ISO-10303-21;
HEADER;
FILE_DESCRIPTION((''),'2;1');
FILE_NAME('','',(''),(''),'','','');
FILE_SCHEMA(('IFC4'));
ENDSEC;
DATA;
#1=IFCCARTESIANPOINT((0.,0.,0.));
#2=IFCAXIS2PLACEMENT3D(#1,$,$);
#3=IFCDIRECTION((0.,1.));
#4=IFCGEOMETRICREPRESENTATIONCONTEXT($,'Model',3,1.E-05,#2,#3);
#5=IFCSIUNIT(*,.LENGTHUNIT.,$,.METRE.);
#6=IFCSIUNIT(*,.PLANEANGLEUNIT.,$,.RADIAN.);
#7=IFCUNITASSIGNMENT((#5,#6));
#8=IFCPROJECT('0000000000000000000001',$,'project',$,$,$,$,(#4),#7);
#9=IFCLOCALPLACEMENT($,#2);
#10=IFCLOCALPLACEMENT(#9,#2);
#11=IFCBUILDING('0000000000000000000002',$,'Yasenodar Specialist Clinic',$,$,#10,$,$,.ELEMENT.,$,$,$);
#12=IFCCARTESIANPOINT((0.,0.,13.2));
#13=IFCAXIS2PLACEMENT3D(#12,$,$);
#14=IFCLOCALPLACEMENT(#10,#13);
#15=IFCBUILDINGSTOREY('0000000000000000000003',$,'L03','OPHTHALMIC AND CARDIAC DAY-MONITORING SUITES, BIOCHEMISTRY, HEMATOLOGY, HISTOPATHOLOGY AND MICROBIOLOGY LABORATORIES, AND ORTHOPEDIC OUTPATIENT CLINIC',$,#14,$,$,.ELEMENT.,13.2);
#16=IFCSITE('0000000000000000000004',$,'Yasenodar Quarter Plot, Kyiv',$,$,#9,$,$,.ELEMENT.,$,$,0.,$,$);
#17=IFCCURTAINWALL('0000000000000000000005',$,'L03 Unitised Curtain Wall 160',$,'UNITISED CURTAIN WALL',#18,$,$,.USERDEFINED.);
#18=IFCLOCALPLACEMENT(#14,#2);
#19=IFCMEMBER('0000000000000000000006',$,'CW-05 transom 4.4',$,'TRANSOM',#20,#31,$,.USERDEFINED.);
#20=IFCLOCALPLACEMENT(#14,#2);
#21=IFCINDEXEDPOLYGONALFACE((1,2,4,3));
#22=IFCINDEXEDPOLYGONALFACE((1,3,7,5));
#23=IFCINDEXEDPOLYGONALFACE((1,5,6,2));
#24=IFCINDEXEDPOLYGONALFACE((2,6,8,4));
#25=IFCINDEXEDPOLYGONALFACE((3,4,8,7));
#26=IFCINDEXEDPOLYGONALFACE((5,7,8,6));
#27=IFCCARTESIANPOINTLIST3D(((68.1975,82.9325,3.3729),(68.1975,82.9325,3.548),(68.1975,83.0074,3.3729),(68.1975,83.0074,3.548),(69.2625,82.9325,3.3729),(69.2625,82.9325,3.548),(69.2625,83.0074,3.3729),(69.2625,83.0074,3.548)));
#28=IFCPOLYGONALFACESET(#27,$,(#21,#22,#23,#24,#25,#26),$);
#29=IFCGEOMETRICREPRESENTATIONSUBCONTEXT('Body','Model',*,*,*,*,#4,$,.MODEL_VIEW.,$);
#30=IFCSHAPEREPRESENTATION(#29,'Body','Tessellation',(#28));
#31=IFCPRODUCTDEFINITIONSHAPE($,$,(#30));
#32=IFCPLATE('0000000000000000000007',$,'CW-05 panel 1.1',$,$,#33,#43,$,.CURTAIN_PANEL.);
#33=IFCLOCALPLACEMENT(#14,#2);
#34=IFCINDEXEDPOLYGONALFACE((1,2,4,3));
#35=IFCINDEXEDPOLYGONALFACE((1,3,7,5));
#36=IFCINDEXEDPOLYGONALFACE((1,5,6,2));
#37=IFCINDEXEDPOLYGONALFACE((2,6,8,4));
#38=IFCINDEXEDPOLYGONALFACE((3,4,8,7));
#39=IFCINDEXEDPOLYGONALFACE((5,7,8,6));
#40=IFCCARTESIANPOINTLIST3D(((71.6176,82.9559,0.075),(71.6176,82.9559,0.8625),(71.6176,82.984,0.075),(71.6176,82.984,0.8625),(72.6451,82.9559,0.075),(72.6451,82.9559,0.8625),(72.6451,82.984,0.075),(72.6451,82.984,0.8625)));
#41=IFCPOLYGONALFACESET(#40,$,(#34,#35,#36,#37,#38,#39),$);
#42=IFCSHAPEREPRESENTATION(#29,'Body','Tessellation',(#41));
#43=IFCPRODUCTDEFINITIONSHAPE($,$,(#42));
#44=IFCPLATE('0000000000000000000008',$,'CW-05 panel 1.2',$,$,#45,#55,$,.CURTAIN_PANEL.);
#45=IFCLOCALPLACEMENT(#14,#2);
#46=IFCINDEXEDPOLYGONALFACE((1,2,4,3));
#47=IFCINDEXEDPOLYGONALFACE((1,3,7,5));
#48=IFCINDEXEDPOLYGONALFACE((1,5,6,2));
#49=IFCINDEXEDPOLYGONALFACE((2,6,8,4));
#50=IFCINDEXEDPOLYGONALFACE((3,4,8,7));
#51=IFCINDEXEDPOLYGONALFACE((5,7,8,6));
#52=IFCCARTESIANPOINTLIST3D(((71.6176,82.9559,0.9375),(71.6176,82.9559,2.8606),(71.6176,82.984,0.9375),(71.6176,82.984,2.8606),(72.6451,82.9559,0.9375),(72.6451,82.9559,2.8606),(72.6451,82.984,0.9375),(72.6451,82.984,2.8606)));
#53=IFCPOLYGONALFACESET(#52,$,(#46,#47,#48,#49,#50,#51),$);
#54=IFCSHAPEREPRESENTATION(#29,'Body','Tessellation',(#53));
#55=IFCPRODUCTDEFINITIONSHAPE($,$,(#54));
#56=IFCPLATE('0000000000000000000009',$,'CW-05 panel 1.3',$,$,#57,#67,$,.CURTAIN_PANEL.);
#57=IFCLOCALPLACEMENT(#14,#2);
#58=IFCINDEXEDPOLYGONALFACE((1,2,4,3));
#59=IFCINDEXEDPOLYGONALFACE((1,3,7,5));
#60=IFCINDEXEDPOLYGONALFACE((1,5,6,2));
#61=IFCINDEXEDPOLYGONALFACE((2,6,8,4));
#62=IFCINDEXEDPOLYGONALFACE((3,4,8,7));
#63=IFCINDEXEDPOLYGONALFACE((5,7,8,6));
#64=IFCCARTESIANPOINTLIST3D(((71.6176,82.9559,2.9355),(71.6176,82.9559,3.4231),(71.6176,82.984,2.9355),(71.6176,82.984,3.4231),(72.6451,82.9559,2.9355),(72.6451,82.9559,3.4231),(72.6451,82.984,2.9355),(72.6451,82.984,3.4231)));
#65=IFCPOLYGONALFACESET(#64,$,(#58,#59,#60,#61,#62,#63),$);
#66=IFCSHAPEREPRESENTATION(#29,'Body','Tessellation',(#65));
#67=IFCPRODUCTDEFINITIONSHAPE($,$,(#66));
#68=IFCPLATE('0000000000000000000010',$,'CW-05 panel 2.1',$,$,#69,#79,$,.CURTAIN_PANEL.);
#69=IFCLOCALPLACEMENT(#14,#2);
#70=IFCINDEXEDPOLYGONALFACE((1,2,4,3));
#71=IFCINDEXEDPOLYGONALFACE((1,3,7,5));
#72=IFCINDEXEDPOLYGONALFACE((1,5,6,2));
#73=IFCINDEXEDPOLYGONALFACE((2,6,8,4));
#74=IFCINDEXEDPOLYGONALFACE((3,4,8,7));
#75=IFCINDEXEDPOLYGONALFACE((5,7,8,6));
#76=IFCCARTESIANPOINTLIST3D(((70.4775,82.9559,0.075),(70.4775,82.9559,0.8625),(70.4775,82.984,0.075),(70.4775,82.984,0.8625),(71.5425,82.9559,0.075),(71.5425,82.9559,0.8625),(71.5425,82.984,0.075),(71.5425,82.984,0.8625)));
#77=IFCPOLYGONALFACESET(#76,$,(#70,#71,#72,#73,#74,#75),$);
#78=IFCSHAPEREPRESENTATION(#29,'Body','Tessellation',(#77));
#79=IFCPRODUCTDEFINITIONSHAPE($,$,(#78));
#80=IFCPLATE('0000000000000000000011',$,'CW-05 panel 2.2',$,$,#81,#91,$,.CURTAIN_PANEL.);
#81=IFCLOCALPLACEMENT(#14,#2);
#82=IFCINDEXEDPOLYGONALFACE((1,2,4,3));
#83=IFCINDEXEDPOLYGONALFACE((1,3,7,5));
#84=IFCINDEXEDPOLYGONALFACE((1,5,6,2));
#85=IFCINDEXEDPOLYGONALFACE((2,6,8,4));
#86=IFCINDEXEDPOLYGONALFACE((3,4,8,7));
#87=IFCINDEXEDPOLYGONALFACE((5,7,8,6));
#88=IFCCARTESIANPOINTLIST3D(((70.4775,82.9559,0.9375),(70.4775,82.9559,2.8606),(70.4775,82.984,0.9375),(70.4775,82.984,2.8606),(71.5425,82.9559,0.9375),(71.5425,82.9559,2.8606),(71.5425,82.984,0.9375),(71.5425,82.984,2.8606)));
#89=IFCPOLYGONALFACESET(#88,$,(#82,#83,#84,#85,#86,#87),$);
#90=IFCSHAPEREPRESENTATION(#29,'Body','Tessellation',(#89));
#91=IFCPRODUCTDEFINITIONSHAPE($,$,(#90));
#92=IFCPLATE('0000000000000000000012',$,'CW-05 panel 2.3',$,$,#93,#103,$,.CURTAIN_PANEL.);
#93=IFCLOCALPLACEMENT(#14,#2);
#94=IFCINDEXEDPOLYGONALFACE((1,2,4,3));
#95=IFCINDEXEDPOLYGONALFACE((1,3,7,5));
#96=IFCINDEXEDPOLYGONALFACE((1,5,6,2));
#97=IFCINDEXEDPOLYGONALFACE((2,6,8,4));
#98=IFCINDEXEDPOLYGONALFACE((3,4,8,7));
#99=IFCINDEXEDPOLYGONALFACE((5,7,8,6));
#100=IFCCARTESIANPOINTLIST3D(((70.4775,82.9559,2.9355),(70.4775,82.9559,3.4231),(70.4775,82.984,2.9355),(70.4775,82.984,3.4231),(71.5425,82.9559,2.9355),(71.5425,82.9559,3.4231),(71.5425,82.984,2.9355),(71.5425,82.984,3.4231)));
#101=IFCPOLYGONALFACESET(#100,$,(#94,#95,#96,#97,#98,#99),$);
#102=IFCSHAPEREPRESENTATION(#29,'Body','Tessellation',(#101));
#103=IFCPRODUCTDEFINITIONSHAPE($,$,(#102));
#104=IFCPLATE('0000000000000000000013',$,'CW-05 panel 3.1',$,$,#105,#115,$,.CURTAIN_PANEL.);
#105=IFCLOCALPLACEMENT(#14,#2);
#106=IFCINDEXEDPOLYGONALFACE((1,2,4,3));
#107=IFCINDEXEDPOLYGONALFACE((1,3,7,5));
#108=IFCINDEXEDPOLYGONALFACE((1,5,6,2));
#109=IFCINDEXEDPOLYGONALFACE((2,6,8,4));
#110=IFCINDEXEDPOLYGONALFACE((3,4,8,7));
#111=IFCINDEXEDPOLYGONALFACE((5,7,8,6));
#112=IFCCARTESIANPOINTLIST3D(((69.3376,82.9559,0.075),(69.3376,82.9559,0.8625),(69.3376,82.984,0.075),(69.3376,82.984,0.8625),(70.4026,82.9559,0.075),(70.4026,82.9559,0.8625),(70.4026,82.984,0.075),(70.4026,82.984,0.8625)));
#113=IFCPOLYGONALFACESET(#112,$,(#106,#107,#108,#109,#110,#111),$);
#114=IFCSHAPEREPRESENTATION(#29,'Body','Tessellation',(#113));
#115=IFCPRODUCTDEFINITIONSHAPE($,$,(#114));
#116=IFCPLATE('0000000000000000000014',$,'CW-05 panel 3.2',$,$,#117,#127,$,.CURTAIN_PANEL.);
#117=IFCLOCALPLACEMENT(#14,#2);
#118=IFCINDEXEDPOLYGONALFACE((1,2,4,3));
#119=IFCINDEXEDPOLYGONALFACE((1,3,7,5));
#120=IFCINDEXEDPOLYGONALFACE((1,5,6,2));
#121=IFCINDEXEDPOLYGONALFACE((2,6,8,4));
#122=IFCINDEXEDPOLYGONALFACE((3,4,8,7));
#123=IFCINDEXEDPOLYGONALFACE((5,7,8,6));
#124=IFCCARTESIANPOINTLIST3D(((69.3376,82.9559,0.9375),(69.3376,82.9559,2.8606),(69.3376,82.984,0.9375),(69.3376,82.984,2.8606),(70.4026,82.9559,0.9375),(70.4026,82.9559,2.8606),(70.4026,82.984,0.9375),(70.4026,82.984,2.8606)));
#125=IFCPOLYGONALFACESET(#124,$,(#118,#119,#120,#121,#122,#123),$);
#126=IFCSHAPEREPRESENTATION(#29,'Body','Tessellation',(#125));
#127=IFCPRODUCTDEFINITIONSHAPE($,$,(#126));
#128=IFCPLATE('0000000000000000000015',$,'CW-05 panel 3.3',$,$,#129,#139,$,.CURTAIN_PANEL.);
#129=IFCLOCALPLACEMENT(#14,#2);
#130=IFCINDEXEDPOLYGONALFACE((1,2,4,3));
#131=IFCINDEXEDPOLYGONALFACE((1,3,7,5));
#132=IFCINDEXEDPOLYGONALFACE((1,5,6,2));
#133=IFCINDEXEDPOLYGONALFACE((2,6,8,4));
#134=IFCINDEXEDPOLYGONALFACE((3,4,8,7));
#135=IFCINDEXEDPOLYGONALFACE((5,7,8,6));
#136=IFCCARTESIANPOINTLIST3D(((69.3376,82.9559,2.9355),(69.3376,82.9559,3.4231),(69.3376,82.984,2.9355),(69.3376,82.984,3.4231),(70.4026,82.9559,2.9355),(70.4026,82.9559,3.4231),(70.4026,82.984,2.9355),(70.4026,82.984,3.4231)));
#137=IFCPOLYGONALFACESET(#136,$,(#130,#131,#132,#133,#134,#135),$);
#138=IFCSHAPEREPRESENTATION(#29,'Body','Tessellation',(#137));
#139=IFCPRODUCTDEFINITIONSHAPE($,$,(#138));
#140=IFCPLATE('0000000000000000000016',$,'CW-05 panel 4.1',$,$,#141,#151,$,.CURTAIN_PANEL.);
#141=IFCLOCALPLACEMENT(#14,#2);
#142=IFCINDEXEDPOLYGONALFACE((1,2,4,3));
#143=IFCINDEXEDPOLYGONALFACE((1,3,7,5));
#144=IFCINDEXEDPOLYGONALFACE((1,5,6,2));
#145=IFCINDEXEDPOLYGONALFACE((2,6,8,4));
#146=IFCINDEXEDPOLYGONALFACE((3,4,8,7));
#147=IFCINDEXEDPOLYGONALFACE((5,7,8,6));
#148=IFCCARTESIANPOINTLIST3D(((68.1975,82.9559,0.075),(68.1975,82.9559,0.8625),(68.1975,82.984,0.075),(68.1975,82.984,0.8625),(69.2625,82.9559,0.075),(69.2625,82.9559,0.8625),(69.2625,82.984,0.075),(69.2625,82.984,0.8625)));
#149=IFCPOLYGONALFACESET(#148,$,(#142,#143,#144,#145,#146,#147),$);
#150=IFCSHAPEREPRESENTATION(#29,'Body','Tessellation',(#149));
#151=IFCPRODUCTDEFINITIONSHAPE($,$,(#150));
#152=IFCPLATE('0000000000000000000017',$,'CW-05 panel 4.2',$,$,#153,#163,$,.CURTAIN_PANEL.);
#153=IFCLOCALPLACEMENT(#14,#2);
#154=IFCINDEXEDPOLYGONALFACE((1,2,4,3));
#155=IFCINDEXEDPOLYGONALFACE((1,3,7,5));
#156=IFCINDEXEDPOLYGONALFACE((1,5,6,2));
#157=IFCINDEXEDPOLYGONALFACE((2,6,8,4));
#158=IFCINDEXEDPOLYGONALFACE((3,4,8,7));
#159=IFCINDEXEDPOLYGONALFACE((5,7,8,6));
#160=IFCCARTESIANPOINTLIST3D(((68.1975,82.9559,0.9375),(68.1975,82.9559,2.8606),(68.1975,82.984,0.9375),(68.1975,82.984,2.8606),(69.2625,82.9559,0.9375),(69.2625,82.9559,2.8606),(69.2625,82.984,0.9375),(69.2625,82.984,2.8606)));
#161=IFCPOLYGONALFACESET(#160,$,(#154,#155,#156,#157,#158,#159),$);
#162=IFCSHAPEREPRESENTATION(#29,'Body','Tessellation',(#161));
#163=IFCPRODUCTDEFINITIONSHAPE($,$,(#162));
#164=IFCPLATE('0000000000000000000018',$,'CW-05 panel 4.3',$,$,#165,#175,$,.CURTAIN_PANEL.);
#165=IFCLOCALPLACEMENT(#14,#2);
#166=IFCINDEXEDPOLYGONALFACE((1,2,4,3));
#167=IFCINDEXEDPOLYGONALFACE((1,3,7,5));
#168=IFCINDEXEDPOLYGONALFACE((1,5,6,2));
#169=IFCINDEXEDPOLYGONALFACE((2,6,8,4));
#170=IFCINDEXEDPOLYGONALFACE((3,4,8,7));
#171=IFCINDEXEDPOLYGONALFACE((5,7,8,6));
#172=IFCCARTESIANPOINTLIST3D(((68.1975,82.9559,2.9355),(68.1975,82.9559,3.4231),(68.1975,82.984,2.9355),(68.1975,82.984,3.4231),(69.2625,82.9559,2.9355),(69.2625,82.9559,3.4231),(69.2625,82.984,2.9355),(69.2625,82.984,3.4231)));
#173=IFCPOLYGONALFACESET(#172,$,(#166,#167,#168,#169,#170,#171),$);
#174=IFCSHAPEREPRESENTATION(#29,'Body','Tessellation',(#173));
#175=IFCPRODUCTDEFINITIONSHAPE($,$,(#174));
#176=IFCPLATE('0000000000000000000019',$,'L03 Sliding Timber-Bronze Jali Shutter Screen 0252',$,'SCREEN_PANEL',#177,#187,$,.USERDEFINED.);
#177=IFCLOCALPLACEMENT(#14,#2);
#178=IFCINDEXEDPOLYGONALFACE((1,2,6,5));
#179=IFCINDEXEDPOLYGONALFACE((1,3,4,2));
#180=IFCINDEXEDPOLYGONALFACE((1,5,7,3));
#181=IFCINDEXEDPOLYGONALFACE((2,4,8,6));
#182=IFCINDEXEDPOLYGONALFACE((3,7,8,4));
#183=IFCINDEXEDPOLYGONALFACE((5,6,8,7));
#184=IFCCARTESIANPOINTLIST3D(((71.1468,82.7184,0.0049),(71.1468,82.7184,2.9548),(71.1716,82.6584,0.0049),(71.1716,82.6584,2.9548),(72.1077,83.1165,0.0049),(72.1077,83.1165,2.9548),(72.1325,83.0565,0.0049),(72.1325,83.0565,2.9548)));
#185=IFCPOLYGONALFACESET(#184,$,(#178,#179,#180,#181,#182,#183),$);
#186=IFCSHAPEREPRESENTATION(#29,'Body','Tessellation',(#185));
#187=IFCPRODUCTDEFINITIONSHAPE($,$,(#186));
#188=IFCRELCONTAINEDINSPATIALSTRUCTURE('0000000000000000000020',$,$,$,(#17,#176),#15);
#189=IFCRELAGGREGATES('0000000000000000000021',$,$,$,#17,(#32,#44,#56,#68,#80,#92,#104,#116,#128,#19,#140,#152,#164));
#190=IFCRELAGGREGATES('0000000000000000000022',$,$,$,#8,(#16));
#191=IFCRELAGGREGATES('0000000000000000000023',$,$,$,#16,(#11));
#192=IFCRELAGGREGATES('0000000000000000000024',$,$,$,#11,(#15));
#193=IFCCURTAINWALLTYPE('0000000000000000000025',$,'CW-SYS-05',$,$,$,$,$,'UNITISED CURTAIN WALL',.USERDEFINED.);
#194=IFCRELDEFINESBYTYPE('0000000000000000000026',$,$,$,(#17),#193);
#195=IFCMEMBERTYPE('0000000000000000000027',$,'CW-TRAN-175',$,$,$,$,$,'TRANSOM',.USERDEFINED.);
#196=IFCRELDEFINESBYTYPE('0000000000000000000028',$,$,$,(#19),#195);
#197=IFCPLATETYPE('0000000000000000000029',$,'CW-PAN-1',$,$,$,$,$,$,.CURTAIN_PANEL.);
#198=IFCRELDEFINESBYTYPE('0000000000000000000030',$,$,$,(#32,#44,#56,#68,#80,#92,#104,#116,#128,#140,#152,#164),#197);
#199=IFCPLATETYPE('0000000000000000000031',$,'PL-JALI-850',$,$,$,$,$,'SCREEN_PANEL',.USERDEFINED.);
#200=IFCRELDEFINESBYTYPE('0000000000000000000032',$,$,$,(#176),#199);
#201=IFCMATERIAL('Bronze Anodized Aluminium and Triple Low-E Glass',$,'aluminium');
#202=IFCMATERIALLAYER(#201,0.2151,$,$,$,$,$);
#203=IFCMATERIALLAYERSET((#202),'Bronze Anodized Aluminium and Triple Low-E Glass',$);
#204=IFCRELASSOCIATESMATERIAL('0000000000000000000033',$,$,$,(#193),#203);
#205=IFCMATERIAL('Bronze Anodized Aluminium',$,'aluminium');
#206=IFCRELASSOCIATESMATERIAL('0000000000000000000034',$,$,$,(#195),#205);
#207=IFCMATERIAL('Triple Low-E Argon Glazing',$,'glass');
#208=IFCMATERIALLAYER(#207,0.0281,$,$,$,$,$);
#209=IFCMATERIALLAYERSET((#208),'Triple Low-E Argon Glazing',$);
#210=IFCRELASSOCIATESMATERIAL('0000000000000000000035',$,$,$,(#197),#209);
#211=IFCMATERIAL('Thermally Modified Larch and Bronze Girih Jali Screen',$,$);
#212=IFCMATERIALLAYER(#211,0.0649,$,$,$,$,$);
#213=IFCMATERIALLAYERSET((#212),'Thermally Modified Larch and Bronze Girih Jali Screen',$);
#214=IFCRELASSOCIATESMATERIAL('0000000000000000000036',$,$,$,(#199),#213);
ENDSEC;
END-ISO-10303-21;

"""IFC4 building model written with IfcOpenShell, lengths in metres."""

from ifc_helpers import new_model, si_unit, direction, frame, origin, origin_2d, place, context, subcontext, project, spatial, rectangle, extrude, material, layer, layer_set, material_profile, profile_set, type_object, element, aggregate, save


model = new_model("IFC4")

# Units and contexts
model_context = context("Model", 3, precision=1e-05, world=origin(), true_north=direction((0.0, 1.0)))
body_context = subcontext(model_context, "Body", "Model", "MODEL_VIEW")
ifc_project = project(units=[si_unit("LENGTHUNIT", "METRE"), si_unit("PLANEANGLEUNIT", "RADIAN")], contexts=[model_context])

# Site, building, storey
site_placement = place(None, origin())
site = spatial("IfcSite", under=ifc_project, at=site_placement, Name="Yasenodar Quarter Plot, Kyiv", CompositionType="ELEMENT", RefElevation=0.0)
building_placement = place(site_placement, origin())
building = spatial("IfcBuilding", under=site, at=building_placement, Name="Yasenodar Specialist Clinic", CompositionType="ELEMENT")
storey_placement = place(building_placement, frame((0.0, 0.0, 13.2)))
storey = spatial("IfcBuildingStorey", under=building, at=storey_placement, Name="L03", Description="OPHTHALMIC AND CARDIAC DAY-MONITORING SUITES, BIOCHEMISTRY, HEMATOLOGY, HISTOPATHOLOGY AND MICROBIOLOGY LABORATORIES, AND ORTHOPEDIC OUTPATIENT CLINIC", CompositionType="ELEMENT", Elevation=13.2)

# Curtain wall, member, plates
ifc_material_1 = material(Name="Bronze Anodized Aluminium and Triple Low-E Glass", Category="aluminium")
ifc_layer_1 = layer(ifc_material_1, 0.2151)
ifc_layer_set_1 = layer_set([ifc_layer_1], Name="Bronze Anodized Aluminium and Triple Low-E Glass")
curtain_wall_type = type_object("IfcCurtainWallType", Name="CW-SYS-05", ElementType="UNITISED CURTAIN WALL", PredefinedType="USERDEFINED", material=ifc_layer_set_1)
curtain_wall_placement = place(storey_placement, origin())
curtain_wall = element("IfcCurtainWall", 1, at=curtain_wall_placement, inside=storey, type_object=curtain_wall_type, Name="L03 Unitised Curtain Wall 160", ObjectType="UNITISED CURTAIN WALL", PredefinedType="USERDEFINED")
ifc_material_2 = material(Name="Bronze Anodized Aluminium", Category="aluminium")
ifc_material_profile_1 = material_profile(ifc_material_2, rectangle(XDim=0.075, YDim=0.175, at=origin_2d()), Name="CW-TRAN 75x175")
ifc_profile_set_1 = profile_set([ifc_material_profile_1], Name="Bronze Anodized Aluminium")
member_type_1 = type_object("IfcMemberType", Name="CW-TRAN-175", ElementType="TRANSOM", PredefinedType="USERDEFINED", material=ifc_profile_set_1)
member_1_placement = place(storey_placement, frame((69.2625, 82.97, 3.4604), z_axis=(-1.0, 0.0, 0.0), x_axis=(0.0, -1.0, 0.0)))
member_1 = element("IfcMember", 2, at=member_1_placement, type_object=member_type_1, Name="CW-05 transom 4.4", ObjectType="TRANSOM", PredefinedType="USERDEFINED", context=body_context, shape_type="SweptSolid", body=[
    extrude(rectangle(XDim=0.075, YDim=0.175, at=origin_2d()), origin(), (0.0, 0.0, 1.0), 1.0649),
])
ifc_material_3 = material(Name="Triple Low-E Argon Glazing", Category="glass")
ifc_layer_2 = layer(ifc_material_3, 0.0281)
ifc_layer_set_2 = layer_set([ifc_layer_2], Name="Triple Low-E Argon Glazing")
plate_type_1 = type_object("IfcPlateType", Name="CW-PAN-1", PredefinedType="CURTAIN_PANEL", material=ifc_layer_set_2)
plate_1_placement = place(storey_placement, frame((72.1313, 82.97, 0.075), z_axis=(0.0, 0.0, 1.0), x_axis=(-1.0, 0.0, 0.0)))
plate_1 = element("IfcPlate", 3, at=plate_1_placement, type_object=plate_type_1, Name="CW-05 panel 1.1", PredefinedType="CURTAIN_PANEL", context=body_context, shape_type="SweptSolid", body=[
    extrude(rectangle(XDim=1.0276, YDim=0.0281, at=origin_2d()), origin(), (0.0, 0.0, 1.0), 0.7876),
])
plate_2_placement = place(storey_placement, frame((72.1313, 82.97, 0.9375), z_axis=(0.0, 0.0, 1.0), x_axis=(-1.0, 0.0, 0.0)))
plate_2 = element("IfcPlate", 4, at=plate_2_placement, type_object=plate_type_1, Name="CW-05 panel 1.2", PredefinedType="CURTAIN_PANEL", context=body_context, shape_type="SweptSolid", body=[
    extrude(rectangle(XDim=1.0276, YDim=0.0281, at=origin_2d()), origin(), (0.0, 0.0, 1.0), 1.9231),
])
plate_3_placement = place(storey_placement, frame((72.1313, 82.97, 2.9355), z_axis=(0.0, 0.0, 1.0), x_axis=(-1.0, 0.0, 0.0)))
plate_3 = element("IfcPlate", 5, at=plate_3_placement, type_object=plate_type_1, Name="CW-05 panel 1.3", PredefinedType="CURTAIN_PANEL", context=body_context, shape_type="SweptSolid", body=[
    extrude(rectangle(XDim=1.0276, YDim=0.0281, at=origin_2d()), origin(), (0.0, 0.0, 1.0), 0.4875),
])
plate_4_placement = place(storey_placement, frame((71.01, 82.97, 0.075), z_axis=(0.0, 0.0, 1.0), x_axis=(-1.0, 0.0, 0.0)))
plate_4 = element("IfcPlate", 6, at=plate_4_placement, type_object=plate_type_1, Name="CW-05 panel 2.1", PredefinedType="CURTAIN_PANEL", context=body_context, shape_type="SweptSolid", body=[
    extrude(rectangle(XDim=1.0649, YDim=0.0281, at=origin_2d()), origin(), (0.0, 0.0, 1.0), 0.7876),
])
plate_5_placement = place(storey_placement, frame((71.01, 82.97, 0.9375), z_axis=(0.0, 0.0, 1.0), x_axis=(-1.0, 0.0, 0.0)))
plate_5 = element("IfcPlate", 7, at=plate_5_placement, type_object=plate_type_1, Name="CW-05 panel 2.2", PredefinedType="CURTAIN_PANEL", context=body_context, shape_type="SweptSolid", body=[
    extrude(rectangle(XDim=1.0649, YDim=0.0281, at=origin_2d()), origin(), (0.0, 0.0, 1.0), 1.9231),
])
plate_6_placement = place(storey_placement, frame((71.01, 82.97, 2.9355), z_axis=(0.0, 0.0, 1.0), x_axis=(-1.0, 0.0, 0.0)))
plate_6 = element("IfcPlate", 8, at=plate_6_placement, type_object=plate_type_1, Name="CW-05 panel 2.3", PredefinedType="CURTAIN_PANEL", context=body_context, shape_type="SweptSolid", body=[
    extrude(rectangle(XDim=1.0649, YDim=0.0281, at=origin_2d()), origin(), (0.0, 0.0, 1.0), 0.4875),
])
plate_7_placement = place(storey_placement, frame((69.8701, 82.97, 0.075), z_axis=(0.0, 0.0, 1.0), x_axis=(-1.0, 0.0, 0.0)))
plate_7 = element("IfcPlate", 9, at=plate_7_placement, type_object=plate_type_1, Name="CW-05 panel 3.1", PredefinedType="CURTAIN_PANEL", context=body_context, shape_type="SweptSolid", body=[
    extrude(rectangle(XDim=1.0649, YDim=0.0281, at=origin_2d()), origin(), (0.0, 0.0, 1.0), 0.7876),
])
plate_8_placement = place(storey_placement, frame((69.8701, 82.97, 0.9375), z_axis=(0.0, 0.0, 1.0), x_axis=(-1.0, 0.0, 0.0)))
plate_8 = element("IfcPlate", 10, at=plate_8_placement, type_object=plate_type_1, Name="CW-05 panel 3.2", PredefinedType="CURTAIN_PANEL", context=body_context, shape_type="SweptSolid", body=[
    extrude(rectangle(XDim=1.0649, YDim=0.0281, at=origin_2d()), origin(), (0.0, 0.0, 1.0), 1.9231),
])
plate_9_placement = place(storey_placement, frame((69.8701, 82.97, 2.9355), z_axis=(0.0, 0.0, 1.0), x_axis=(-1.0, 0.0, 0.0)))
plate_9 = element("IfcPlate", 11, at=plate_9_placement, type_object=plate_type_1, Name="CW-05 panel 3.3", PredefinedType="CURTAIN_PANEL", context=body_context, shape_type="SweptSolid", body=[
    extrude(rectangle(XDim=1.0649, YDim=0.0281, at=origin_2d()), origin(), (0.0, 0.0, 1.0), 0.4875),
])
plate_10_placement = place(storey_placement, frame((68.73, 82.97, 0.075), z_axis=(0.0, 0.0, 1.0), x_axis=(-1.0, 0.0, 0.0)))
plate_10 = element("IfcPlate", 12, at=plate_10_placement, type_object=plate_type_1, Name="CW-05 panel 4.1", PredefinedType="CURTAIN_PANEL", context=body_context, shape_type="SweptSolid", body=[
    extrude(rectangle(XDim=1.0649, YDim=0.0281, at=origin_2d()), origin(), (0.0, 0.0, 1.0), 0.7876),
])
plate_11_placement = place(storey_placement, frame((68.73, 82.97, 0.9375), z_axis=(0.0, 0.0, 1.0), x_axis=(-1.0, 0.0, 0.0)))
plate_11 = element("IfcPlate", 13, at=plate_11_placement, type_object=plate_type_1, Name="CW-05 panel 4.2", PredefinedType="CURTAIN_PANEL", context=body_context, shape_type="SweptSolid", body=[
    extrude(rectangle(XDim=1.0649, YDim=0.0281, at=origin_2d()), origin(), (0.0, 0.0, 1.0), 1.9231),
])
plate_12_placement = place(storey_placement, frame((68.73, 82.97, 2.9355), z_axis=(0.0, 0.0, 1.0), x_axis=(-1.0, 0.0, 0.0)))
plate_12 = element("IfcPlate", 14, at=plate_12_placement, type_object=plate_type_1, Name="CW-05 panel 4.3", PredefinedType="CURTAIN_PANEL", context=body_context, shape_type="SweptSolid", body=[
    extrude(rectangle(XDim=1.0649, YDim=0.0281, at=origin_2d()), origin(), (0.0, 0.0, 1.0), 0.4875),
])
aggregate(curtain_wall, [plate_1, plate_2, plate_3, plate_4, plate_5, plate_6, plate_7, plate_8, plate_9, member_1, plate_10, plate_11, plate_12])

# Plate
ifc_material_4 = material(Name="Thermally Modified Larch and Bronze Girih Jali Screen")
ifc_layer_3 = layer(ifc_material_4, 0.0649)
ifc_layer_set_3 = layer_set([ifc_layer_3], Name="Thermally Modified Larch and Bronze Girih Jali Screen")
plate_type_2 = type_object("IfcPlateType", Name="PL-JALI-850", ElementType="SCREEN_PANEL", PredefinedType="USERDEFINED", material=ifc_layer_set_3)
plate_13_placement = place(storey_placement, frame((71.6396, 82.8875, 0.0049), z_axis=(0.0, 0.0, 1.0), x_axis=(-0.923878, -0.382687, 0.0)))
element("IfcPlate", 15, at=plate_13_placement, inside=storey, type_object=plate_type_2, Name="L03 Sliding Timber-Bronze Jali Shutter Screen 0252", ObjectType="SCREEN_PANEL", PredefinedType="USERDEFINED", context=body_context, shape_type="SweptSolid", body=[
    extrude(rectangle(XDim=1.04, YDim=0.0649, at=origin_2d()), origin(), (0.0, 0.0, 1.0), 2.95),
])

save(model, "model.ifc")
